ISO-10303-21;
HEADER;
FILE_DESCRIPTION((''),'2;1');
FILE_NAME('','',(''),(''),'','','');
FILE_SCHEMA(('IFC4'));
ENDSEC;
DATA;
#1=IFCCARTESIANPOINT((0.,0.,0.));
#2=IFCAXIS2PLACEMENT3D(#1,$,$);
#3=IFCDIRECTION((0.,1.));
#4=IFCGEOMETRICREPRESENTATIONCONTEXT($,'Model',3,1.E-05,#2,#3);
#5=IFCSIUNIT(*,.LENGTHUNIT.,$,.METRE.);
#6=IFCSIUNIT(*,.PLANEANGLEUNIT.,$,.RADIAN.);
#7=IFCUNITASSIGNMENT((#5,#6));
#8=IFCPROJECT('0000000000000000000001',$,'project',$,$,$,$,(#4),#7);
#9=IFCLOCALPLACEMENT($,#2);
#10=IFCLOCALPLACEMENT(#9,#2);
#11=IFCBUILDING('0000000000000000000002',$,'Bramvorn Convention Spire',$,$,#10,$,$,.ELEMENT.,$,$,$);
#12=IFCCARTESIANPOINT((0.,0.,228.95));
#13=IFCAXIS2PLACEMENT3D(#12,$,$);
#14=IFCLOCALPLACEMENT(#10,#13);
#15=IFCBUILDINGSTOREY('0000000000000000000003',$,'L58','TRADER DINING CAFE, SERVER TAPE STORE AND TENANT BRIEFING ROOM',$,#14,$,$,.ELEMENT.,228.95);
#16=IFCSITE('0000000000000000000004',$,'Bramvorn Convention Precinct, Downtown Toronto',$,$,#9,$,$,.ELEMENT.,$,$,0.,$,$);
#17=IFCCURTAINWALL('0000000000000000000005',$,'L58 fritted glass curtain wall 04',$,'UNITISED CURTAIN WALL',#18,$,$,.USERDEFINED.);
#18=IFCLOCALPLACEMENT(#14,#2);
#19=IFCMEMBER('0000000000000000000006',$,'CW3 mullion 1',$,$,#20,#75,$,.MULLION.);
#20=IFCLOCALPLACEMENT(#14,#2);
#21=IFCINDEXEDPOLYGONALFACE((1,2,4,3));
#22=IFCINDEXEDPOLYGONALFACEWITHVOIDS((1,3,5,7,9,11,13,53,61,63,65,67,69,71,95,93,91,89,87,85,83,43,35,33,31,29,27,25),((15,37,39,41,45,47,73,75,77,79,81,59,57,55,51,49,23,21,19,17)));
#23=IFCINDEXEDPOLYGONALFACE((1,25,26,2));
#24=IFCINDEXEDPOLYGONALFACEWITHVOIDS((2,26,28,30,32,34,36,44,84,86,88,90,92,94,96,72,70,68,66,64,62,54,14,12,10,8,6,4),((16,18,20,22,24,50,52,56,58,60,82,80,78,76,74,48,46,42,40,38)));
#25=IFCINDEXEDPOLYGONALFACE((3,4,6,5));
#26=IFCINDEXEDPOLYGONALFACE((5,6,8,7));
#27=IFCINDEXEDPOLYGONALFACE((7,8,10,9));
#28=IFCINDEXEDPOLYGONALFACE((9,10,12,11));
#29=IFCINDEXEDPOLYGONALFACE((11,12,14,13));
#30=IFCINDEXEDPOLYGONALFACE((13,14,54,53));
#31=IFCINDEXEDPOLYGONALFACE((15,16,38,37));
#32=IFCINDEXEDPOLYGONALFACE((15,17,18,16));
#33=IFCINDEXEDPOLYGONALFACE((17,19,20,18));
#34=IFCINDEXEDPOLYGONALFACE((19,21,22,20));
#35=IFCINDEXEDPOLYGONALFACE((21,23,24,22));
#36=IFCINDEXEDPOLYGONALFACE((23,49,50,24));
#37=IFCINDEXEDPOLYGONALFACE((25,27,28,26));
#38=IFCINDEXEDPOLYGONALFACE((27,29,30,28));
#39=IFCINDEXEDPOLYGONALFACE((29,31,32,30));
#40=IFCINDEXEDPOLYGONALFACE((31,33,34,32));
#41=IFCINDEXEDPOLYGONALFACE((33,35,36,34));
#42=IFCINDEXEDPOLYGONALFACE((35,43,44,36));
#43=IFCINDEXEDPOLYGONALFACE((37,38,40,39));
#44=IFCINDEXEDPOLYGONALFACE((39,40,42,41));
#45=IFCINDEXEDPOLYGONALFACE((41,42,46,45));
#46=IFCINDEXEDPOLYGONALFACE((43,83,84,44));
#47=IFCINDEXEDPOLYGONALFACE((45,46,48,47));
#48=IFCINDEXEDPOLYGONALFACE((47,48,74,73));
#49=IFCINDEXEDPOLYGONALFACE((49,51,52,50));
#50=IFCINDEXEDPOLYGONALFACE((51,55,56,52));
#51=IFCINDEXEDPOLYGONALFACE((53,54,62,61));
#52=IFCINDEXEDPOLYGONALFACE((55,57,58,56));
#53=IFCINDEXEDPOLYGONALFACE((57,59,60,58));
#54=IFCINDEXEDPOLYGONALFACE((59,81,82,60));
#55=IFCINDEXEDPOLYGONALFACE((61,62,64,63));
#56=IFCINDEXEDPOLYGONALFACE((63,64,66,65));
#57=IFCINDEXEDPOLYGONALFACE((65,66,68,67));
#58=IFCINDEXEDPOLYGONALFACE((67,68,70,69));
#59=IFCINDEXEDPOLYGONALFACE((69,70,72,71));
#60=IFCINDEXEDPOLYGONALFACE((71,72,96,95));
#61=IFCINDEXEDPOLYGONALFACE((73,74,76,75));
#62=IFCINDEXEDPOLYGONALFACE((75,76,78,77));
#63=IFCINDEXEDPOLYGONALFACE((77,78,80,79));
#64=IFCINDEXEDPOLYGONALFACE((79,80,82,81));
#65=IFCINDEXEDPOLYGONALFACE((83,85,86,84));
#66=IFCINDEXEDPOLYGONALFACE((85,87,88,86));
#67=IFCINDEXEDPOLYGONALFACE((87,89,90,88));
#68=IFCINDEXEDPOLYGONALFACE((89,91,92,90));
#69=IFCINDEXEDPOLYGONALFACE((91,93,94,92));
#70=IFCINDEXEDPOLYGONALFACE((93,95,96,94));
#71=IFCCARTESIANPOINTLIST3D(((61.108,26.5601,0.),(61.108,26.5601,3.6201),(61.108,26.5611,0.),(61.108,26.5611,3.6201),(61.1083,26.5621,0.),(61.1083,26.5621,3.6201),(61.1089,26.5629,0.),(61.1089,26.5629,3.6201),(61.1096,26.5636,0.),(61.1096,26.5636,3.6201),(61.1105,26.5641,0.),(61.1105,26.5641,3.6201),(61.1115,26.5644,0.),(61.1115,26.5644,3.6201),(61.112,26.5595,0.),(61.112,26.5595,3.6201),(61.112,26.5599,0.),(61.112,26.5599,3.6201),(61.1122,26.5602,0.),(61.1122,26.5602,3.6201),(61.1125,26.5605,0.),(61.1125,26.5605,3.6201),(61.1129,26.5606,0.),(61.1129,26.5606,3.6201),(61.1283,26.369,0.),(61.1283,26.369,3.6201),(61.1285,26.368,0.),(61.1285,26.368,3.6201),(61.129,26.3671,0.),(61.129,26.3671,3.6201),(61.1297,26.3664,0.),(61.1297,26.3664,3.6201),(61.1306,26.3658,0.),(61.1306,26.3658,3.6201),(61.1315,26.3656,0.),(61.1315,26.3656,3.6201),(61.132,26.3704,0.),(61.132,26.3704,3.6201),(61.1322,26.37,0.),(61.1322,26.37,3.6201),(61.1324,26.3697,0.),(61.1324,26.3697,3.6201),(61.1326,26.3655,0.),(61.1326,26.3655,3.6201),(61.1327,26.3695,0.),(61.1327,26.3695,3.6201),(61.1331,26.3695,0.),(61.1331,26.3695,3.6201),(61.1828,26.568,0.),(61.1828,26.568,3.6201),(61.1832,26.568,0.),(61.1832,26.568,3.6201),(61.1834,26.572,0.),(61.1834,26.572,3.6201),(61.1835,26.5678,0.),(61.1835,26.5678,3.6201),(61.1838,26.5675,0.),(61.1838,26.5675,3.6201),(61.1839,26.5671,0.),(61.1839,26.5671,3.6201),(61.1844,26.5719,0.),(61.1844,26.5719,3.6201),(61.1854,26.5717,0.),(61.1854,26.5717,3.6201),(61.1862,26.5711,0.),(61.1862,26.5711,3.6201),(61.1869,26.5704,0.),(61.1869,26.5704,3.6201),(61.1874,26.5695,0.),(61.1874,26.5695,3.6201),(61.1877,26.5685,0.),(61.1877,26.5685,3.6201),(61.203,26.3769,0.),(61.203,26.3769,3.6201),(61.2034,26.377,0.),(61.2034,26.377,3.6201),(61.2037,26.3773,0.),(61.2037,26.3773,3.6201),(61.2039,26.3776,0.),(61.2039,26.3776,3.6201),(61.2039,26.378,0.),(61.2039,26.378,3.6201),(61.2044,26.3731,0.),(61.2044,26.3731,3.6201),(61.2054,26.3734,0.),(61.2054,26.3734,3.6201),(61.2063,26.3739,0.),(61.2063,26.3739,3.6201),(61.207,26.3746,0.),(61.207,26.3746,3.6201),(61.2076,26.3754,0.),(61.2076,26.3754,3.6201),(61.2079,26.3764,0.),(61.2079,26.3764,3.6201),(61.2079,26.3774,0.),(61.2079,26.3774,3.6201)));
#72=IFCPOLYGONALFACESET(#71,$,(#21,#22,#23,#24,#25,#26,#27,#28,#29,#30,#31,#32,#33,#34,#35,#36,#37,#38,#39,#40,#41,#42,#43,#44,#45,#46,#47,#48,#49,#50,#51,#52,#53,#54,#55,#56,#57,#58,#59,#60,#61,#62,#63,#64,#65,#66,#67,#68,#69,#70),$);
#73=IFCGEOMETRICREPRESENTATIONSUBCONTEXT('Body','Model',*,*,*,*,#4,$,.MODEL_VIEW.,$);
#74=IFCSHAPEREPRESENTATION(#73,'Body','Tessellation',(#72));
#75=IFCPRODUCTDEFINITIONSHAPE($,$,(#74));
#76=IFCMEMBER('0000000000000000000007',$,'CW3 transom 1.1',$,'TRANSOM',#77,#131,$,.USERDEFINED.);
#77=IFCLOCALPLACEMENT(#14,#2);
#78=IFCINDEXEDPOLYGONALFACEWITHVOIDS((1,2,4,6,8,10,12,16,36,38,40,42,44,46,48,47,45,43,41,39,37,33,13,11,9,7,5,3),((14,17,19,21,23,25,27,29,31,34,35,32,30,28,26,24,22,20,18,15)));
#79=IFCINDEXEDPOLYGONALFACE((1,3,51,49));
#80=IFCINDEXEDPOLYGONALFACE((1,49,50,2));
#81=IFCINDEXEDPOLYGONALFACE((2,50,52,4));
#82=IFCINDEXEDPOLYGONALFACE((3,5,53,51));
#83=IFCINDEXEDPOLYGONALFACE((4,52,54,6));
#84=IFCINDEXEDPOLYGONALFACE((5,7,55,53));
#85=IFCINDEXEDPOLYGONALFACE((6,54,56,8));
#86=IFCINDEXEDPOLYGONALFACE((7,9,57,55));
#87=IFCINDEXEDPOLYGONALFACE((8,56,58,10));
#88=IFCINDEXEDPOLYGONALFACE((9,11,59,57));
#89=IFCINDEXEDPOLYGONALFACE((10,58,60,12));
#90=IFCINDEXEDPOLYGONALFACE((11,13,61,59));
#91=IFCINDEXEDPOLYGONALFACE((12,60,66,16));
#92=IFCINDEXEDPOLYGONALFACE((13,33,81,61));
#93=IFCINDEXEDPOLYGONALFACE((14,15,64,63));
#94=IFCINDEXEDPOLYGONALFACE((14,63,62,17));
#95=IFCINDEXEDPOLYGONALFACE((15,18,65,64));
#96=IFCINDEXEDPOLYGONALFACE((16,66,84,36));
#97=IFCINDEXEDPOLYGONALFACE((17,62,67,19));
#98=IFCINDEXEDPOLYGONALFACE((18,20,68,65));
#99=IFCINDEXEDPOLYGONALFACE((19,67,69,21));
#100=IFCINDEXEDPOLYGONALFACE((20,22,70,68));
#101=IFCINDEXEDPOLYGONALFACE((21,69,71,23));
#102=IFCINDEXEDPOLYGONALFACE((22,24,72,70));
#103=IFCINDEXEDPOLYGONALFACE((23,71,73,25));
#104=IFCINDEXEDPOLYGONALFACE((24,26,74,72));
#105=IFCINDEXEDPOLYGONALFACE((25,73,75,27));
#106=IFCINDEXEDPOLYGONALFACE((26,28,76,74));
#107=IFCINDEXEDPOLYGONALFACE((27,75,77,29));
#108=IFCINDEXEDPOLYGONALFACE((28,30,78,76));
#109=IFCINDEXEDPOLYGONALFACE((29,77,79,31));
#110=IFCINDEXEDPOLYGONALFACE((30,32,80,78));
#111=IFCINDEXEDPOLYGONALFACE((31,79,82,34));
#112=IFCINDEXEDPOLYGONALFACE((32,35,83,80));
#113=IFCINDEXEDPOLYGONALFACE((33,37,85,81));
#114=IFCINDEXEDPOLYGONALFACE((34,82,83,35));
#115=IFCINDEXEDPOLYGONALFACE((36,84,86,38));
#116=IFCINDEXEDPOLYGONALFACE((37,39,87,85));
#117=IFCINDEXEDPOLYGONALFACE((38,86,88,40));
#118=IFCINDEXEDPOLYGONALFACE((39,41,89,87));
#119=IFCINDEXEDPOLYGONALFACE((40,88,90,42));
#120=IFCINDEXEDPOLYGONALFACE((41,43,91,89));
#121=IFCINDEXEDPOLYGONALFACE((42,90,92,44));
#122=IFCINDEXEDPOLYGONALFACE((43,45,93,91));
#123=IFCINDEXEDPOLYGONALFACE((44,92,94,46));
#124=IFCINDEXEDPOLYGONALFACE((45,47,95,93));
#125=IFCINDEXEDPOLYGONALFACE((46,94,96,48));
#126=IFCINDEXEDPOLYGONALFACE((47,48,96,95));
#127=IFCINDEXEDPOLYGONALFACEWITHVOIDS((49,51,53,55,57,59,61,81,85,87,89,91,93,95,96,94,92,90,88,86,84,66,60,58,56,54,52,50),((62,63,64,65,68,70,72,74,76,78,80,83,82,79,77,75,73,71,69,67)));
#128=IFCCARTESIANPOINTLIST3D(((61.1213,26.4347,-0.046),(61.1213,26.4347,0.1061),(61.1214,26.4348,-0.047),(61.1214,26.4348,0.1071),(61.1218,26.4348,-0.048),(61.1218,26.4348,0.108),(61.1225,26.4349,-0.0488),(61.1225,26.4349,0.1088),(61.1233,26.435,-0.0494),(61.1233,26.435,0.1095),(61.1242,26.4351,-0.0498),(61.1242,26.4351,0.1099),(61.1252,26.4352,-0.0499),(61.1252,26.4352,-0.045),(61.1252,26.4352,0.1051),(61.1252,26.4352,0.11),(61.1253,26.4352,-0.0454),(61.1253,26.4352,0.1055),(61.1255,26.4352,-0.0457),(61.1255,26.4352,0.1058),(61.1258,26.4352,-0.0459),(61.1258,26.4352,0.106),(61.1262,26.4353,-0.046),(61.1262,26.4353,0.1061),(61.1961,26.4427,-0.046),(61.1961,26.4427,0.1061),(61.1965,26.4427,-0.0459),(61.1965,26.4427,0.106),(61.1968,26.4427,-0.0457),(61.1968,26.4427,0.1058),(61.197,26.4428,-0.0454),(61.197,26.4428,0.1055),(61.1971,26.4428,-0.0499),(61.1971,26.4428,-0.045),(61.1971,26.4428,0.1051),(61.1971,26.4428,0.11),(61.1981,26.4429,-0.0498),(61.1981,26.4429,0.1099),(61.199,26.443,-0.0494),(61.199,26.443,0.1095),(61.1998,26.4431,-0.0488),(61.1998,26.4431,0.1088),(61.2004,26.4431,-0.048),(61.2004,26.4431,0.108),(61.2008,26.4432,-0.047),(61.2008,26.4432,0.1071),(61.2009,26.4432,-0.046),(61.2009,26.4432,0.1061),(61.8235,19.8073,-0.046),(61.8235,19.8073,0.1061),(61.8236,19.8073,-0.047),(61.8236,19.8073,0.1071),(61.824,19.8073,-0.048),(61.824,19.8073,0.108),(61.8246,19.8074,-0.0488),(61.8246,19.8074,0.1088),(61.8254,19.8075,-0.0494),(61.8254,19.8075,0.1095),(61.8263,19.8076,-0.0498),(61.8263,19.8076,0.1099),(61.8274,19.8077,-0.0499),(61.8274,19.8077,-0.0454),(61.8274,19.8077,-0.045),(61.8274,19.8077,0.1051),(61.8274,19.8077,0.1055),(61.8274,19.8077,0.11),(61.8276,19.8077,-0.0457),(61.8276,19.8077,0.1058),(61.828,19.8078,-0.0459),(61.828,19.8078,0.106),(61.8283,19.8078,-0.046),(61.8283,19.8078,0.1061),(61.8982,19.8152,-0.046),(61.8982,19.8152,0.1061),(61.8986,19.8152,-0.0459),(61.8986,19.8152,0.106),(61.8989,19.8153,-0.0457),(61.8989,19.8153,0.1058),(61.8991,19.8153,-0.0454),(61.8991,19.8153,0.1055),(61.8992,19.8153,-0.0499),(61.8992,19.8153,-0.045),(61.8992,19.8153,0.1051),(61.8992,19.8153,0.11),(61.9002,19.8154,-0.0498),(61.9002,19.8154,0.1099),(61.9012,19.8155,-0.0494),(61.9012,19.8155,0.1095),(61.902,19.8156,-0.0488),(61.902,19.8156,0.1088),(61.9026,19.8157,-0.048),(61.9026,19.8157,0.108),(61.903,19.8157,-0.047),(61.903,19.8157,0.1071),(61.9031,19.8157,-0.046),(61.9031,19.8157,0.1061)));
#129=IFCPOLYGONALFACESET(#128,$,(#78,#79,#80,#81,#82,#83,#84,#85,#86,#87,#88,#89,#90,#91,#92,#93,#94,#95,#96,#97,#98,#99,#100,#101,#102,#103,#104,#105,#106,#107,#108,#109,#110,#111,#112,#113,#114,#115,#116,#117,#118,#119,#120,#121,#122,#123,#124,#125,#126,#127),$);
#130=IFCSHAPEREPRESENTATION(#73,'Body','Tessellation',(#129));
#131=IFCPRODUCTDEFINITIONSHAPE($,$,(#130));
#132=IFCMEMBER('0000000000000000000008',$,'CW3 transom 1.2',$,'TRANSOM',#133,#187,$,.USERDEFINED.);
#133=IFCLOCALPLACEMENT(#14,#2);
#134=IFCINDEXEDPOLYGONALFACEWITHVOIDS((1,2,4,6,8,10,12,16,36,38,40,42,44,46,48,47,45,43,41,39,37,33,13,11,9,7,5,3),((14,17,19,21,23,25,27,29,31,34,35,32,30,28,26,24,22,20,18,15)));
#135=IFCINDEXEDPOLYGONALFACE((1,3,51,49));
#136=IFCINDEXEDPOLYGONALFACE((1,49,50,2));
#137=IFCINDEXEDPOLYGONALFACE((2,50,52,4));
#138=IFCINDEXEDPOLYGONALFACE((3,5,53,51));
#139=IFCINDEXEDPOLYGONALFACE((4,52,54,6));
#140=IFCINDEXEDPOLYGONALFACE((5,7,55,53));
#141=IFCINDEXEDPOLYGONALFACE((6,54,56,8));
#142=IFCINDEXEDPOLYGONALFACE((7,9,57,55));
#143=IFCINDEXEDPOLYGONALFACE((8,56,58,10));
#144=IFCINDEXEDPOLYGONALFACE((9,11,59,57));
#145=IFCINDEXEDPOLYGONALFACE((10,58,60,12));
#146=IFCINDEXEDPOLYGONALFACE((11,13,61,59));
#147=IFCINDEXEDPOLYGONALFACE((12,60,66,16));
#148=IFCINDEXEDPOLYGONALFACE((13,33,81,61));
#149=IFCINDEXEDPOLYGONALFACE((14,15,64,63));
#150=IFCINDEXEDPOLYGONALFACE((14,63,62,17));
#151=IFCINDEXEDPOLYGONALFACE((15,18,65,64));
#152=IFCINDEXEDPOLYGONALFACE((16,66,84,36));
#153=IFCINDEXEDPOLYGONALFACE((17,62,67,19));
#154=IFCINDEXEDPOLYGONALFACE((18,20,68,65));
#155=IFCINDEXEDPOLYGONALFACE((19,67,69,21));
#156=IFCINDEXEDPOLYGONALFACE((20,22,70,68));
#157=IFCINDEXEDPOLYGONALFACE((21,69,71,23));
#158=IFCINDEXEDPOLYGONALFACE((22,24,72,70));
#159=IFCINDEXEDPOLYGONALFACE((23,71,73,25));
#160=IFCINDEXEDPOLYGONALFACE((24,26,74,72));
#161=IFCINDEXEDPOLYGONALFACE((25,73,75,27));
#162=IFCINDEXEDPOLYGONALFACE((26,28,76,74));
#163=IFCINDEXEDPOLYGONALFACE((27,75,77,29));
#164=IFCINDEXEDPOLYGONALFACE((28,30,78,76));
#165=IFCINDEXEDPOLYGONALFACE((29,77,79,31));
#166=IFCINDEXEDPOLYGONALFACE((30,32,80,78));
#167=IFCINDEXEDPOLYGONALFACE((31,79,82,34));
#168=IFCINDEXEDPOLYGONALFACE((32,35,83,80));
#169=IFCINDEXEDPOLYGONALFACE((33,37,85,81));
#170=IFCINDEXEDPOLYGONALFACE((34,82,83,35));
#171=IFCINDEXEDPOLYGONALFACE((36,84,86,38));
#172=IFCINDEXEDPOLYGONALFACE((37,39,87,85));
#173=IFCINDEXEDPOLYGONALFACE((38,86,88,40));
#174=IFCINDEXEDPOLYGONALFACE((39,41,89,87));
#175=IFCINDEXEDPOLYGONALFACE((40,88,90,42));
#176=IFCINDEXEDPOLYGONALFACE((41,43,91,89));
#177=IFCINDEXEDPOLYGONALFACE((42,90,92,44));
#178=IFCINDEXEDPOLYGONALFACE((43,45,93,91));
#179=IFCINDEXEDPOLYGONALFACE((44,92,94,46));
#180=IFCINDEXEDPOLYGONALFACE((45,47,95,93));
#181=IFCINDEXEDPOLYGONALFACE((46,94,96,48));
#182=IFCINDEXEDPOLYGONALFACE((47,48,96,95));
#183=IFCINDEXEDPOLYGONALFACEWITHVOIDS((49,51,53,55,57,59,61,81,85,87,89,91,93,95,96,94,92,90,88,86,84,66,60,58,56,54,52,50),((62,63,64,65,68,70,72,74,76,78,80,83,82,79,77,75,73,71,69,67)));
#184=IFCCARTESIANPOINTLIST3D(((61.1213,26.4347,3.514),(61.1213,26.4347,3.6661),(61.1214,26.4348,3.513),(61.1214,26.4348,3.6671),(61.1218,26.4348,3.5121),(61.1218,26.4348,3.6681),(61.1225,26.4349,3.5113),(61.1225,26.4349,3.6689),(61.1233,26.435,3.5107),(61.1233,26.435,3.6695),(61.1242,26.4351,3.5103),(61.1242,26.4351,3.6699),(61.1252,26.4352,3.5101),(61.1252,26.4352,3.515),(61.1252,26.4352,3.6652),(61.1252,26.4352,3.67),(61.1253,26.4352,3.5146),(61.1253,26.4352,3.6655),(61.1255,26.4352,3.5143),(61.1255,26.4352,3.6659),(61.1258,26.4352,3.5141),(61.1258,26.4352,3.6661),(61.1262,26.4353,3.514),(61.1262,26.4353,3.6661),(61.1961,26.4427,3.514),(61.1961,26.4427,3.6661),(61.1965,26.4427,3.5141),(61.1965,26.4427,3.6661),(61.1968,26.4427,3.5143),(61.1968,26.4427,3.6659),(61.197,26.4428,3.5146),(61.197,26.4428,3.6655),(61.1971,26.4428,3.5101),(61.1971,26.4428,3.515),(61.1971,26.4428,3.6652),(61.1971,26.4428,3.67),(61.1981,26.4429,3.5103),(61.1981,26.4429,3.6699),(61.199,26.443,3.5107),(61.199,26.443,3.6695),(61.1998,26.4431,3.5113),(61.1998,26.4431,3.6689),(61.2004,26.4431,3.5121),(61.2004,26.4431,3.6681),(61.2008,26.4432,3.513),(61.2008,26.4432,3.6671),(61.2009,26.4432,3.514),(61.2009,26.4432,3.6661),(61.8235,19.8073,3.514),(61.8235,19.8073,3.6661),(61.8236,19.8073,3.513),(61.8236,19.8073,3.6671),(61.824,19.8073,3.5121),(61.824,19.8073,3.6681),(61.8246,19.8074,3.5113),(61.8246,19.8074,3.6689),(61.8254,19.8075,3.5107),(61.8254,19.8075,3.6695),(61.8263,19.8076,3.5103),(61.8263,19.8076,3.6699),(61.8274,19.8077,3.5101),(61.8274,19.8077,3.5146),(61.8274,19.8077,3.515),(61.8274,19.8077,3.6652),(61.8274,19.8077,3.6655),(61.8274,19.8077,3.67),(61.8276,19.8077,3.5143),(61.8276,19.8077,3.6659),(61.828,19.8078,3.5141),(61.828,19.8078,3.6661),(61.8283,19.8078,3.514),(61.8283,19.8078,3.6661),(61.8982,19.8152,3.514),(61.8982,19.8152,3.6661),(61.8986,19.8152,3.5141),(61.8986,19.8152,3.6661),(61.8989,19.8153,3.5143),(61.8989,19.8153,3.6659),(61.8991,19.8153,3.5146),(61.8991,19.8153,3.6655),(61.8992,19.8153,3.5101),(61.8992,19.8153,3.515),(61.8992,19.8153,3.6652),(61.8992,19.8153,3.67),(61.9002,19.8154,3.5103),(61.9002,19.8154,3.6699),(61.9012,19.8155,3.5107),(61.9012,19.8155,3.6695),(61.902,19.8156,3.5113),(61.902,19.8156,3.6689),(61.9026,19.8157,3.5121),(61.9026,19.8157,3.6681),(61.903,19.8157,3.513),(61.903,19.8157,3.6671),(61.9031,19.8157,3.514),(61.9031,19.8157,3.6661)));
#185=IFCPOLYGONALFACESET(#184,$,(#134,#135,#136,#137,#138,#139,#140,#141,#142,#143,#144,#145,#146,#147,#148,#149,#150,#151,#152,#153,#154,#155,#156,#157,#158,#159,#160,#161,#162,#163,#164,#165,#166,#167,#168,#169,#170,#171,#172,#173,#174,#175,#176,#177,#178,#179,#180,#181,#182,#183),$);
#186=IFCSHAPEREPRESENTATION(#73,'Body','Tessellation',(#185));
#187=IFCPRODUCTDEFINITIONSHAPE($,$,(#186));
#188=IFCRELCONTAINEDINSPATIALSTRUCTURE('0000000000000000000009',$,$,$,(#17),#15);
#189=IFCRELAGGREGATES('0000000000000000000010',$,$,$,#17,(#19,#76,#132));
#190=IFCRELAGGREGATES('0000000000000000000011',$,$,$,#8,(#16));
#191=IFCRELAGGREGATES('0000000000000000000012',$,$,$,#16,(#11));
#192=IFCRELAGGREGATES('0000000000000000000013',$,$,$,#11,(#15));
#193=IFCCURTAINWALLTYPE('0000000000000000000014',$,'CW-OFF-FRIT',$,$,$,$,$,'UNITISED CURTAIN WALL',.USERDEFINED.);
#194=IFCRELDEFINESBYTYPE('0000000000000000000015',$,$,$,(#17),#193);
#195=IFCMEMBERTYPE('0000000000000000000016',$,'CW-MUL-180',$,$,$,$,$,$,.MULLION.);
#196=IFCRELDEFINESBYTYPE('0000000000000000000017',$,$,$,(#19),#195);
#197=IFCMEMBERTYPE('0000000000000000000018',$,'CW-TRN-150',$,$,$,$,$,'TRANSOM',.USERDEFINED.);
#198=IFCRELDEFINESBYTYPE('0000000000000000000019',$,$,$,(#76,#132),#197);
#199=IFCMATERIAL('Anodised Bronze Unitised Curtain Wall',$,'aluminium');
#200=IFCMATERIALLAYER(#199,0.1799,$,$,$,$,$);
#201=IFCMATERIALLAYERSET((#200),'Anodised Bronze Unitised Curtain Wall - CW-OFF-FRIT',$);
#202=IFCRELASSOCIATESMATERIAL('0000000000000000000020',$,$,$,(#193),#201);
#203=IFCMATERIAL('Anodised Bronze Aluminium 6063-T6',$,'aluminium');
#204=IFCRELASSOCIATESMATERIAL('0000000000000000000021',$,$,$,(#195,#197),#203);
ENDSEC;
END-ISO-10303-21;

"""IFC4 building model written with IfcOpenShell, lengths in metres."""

from ifc_helpers import new_model, si_unit, direction, frame, origin, origin_2d, place, context, subcontext, project, spatial, hollow_rectangle, extrude, material, layer, layer_set, material_profile, profile_set, type_object, element, aggregate, save


model = new_model("IFC4")

# Units and contexts
model_context = context("Model", 3, precision=1e-05, world=origin(), true_north=direction((0.0, 1.0)))
body_context = subcontext(model_context, "Body", "Model", "MODEL_VIEW")
ifc_project = project(units=[si_unit("LENGTHUNIT", "METRE"), si_unit("PLANEANGLEUNIT", "RADIAN")], contexts=[model_context])

# Site, building, storey
site_placement = place(None, origin())
site = spatial("IfcSite", under=ifc_project, at=site_placement, Name="Bramvorn Convention Precinct, Downtown Toronto", CompositionType="ELEMENT", RefElevation=0.0)
building_placement = place(site_placement, origin())
building = spatial("IfcBuilding", under=site, at=building_placement, Name="Bramvorn Convention Spire", CompositionType="ELEMENT")
storey_placement = place(building_placement, frame((0.0, 0.0, 228.95)))
storey = spatial("IfcBuildingStorey", under=building, at=storey_placement, Name="L58", Description="TRADER DINING CAFE, SERVER TAPE STORE AND TENANT BRIEFING ROOM", CompositionType="ELEMENT", Elevation=228.95)

# Curtain wall, members
ifc_material_1 = material(Name="Anodised Bronze Unitised Curtain Wall", Category="aluminium")
ifc_layer_1 = layer(ifc_material_1, 0.1799)
ifc_layer_set_1 = layer_set([ifc_layer_1], Name="Anodised Bronze Unitised Curtain Wall - CW-OFF-FRIT")
curtain_wall_type = type_object("IfcCurtainWallType", Name="CW-OFF-FRIT", ElementType="UNITISED CURTAIN WALL", PredefinedType="USERDEFINED", material=ifc_layer_set_1)
curtain_wall_placement = place(storey_placement, origin())
curtain_wall = element("IfcCurtainWall", 1, at=curtain_wall_placement, inside=storey, type_object=curtain_wall_type, Name="L58 fritted glass curtain wall 04", ObjectType="UNITISED CURTAIN WALL", PredefinedType="USERDEFINED")
ifc_material_2 = material(Name="Anodised Bronze Aluminium 6063-T6", Category="aluminium")
ifc_material_profile_1 = material_profile(ifc_material_2, hollow_rectangle(XDim=0.0801, YDim=0.2, WallThickness=0.0039, InnerFilletRadius=0.001, OuterFilletRadius=0.0039, at=origin_2d()))
ifc_profile_set_1 = profile_set([ifc_material_profile_1], Name="Anodised Bronze Aluminium 6063-T6 - CWM80X200")
member_type_1 = type_object("IfcMemberType", Name="CW-MUL-180", PredefinedType="MULLION", material=ifc_profile_set_1)
member_1_placement = place(storey_placement, frame((61.158, 26.4688, 0.0), z_axis=(0.0, 0.0, 1.0), x_axis=(0.994436, 0.105342, 0.0)))
member_1 = element("IfcMember", 2, at=member_1_placement, type_object=member_type_1, Name="CW3 mullion 1", PredefinedType="MULLION", context=body_context, shape_type="SweptSolid", body=[
    extrude(hollow_rectangle(XDim=0.0801, YDim=0.2, WallThickness=0.0039, InnerFilletRadius=0.001, OuterFilletRadius=0.0039, at=origin_2d()), origin(), (0.0, 0.0, 1.0), 3.6201),
])
ifc_material_profile_2 = material_profile(ifc_material_2, hollow_rectangle(XDim=0.0801, YDim=0.1599, WallThickness=0.0039, InnerFilletRadius=0.001, OuterFilletRadius=0.0039, at=origin_2d()))
ifc_profile_set_2 = profile_set([ifc_material_profile_2], Name="Anodised Bronze Aluminium 6063-T6 - CWT80X160")
member_type_2 = type_object("IfcMemberType", Name="CW-TRN-150", ElementType="TRANSOM", PredefinedType="USERDEFINED", material=ifc_profile_set_2)
member_2_placement = place(storey_placement, frame((61.1611, 26.439, 0.03), z_axis=(0.105356, -0.994435, 0.0), x_axis=(0.994435, 0.105356, 0.0)))
member_2 = element("IfcMember", 3, at=member_2_placement, type_object=member_type_2, Name="CW3 transom 1.1", ObjectType="TRANSOM", PredefinedType="USERDEFINED", context=body_context, shape_type="SweptSolid", body=[
    extrude(hollow_rectangle(XDim=0.0801, YDim=0.1599, WallThickness=0.0039, InnerFilletRadius=0.001, OuterFilletRadius=0.0039, at=origin_2d()), origin(), (0.0, 0.0, 1.0), 6.6646),
])
member_3_placement = place(storey_placement, frame((61.1611, 26.439, 3.5901), z_axis=(0.105356, -0.994435, 0.0), x_axis=(0.994435, 0.105356, 0.0)))
member_3 = element("IfcMember", 4, at=member_3_placement, type_object=member_type_2, Name="CW3 transom 1.2", ObjectType="TRANSOM", PredefinedType="USERDEFINED", context=body_context, shape_type="SweptSolid", body=[
    extrude(hollow_rectangle(XDim=0.0801, YDim=0.1599, WallThickness=0.0039, InnerFilletRadius=0.001, OuterFilletRadius=0.0039, at=origin_2d()), origin(), (0.0, 0.0, 1.0), 6.6646),
])

aggregate(curtain_wall, [member_1, member_2, member_3])

save(model, "model.ifc")
